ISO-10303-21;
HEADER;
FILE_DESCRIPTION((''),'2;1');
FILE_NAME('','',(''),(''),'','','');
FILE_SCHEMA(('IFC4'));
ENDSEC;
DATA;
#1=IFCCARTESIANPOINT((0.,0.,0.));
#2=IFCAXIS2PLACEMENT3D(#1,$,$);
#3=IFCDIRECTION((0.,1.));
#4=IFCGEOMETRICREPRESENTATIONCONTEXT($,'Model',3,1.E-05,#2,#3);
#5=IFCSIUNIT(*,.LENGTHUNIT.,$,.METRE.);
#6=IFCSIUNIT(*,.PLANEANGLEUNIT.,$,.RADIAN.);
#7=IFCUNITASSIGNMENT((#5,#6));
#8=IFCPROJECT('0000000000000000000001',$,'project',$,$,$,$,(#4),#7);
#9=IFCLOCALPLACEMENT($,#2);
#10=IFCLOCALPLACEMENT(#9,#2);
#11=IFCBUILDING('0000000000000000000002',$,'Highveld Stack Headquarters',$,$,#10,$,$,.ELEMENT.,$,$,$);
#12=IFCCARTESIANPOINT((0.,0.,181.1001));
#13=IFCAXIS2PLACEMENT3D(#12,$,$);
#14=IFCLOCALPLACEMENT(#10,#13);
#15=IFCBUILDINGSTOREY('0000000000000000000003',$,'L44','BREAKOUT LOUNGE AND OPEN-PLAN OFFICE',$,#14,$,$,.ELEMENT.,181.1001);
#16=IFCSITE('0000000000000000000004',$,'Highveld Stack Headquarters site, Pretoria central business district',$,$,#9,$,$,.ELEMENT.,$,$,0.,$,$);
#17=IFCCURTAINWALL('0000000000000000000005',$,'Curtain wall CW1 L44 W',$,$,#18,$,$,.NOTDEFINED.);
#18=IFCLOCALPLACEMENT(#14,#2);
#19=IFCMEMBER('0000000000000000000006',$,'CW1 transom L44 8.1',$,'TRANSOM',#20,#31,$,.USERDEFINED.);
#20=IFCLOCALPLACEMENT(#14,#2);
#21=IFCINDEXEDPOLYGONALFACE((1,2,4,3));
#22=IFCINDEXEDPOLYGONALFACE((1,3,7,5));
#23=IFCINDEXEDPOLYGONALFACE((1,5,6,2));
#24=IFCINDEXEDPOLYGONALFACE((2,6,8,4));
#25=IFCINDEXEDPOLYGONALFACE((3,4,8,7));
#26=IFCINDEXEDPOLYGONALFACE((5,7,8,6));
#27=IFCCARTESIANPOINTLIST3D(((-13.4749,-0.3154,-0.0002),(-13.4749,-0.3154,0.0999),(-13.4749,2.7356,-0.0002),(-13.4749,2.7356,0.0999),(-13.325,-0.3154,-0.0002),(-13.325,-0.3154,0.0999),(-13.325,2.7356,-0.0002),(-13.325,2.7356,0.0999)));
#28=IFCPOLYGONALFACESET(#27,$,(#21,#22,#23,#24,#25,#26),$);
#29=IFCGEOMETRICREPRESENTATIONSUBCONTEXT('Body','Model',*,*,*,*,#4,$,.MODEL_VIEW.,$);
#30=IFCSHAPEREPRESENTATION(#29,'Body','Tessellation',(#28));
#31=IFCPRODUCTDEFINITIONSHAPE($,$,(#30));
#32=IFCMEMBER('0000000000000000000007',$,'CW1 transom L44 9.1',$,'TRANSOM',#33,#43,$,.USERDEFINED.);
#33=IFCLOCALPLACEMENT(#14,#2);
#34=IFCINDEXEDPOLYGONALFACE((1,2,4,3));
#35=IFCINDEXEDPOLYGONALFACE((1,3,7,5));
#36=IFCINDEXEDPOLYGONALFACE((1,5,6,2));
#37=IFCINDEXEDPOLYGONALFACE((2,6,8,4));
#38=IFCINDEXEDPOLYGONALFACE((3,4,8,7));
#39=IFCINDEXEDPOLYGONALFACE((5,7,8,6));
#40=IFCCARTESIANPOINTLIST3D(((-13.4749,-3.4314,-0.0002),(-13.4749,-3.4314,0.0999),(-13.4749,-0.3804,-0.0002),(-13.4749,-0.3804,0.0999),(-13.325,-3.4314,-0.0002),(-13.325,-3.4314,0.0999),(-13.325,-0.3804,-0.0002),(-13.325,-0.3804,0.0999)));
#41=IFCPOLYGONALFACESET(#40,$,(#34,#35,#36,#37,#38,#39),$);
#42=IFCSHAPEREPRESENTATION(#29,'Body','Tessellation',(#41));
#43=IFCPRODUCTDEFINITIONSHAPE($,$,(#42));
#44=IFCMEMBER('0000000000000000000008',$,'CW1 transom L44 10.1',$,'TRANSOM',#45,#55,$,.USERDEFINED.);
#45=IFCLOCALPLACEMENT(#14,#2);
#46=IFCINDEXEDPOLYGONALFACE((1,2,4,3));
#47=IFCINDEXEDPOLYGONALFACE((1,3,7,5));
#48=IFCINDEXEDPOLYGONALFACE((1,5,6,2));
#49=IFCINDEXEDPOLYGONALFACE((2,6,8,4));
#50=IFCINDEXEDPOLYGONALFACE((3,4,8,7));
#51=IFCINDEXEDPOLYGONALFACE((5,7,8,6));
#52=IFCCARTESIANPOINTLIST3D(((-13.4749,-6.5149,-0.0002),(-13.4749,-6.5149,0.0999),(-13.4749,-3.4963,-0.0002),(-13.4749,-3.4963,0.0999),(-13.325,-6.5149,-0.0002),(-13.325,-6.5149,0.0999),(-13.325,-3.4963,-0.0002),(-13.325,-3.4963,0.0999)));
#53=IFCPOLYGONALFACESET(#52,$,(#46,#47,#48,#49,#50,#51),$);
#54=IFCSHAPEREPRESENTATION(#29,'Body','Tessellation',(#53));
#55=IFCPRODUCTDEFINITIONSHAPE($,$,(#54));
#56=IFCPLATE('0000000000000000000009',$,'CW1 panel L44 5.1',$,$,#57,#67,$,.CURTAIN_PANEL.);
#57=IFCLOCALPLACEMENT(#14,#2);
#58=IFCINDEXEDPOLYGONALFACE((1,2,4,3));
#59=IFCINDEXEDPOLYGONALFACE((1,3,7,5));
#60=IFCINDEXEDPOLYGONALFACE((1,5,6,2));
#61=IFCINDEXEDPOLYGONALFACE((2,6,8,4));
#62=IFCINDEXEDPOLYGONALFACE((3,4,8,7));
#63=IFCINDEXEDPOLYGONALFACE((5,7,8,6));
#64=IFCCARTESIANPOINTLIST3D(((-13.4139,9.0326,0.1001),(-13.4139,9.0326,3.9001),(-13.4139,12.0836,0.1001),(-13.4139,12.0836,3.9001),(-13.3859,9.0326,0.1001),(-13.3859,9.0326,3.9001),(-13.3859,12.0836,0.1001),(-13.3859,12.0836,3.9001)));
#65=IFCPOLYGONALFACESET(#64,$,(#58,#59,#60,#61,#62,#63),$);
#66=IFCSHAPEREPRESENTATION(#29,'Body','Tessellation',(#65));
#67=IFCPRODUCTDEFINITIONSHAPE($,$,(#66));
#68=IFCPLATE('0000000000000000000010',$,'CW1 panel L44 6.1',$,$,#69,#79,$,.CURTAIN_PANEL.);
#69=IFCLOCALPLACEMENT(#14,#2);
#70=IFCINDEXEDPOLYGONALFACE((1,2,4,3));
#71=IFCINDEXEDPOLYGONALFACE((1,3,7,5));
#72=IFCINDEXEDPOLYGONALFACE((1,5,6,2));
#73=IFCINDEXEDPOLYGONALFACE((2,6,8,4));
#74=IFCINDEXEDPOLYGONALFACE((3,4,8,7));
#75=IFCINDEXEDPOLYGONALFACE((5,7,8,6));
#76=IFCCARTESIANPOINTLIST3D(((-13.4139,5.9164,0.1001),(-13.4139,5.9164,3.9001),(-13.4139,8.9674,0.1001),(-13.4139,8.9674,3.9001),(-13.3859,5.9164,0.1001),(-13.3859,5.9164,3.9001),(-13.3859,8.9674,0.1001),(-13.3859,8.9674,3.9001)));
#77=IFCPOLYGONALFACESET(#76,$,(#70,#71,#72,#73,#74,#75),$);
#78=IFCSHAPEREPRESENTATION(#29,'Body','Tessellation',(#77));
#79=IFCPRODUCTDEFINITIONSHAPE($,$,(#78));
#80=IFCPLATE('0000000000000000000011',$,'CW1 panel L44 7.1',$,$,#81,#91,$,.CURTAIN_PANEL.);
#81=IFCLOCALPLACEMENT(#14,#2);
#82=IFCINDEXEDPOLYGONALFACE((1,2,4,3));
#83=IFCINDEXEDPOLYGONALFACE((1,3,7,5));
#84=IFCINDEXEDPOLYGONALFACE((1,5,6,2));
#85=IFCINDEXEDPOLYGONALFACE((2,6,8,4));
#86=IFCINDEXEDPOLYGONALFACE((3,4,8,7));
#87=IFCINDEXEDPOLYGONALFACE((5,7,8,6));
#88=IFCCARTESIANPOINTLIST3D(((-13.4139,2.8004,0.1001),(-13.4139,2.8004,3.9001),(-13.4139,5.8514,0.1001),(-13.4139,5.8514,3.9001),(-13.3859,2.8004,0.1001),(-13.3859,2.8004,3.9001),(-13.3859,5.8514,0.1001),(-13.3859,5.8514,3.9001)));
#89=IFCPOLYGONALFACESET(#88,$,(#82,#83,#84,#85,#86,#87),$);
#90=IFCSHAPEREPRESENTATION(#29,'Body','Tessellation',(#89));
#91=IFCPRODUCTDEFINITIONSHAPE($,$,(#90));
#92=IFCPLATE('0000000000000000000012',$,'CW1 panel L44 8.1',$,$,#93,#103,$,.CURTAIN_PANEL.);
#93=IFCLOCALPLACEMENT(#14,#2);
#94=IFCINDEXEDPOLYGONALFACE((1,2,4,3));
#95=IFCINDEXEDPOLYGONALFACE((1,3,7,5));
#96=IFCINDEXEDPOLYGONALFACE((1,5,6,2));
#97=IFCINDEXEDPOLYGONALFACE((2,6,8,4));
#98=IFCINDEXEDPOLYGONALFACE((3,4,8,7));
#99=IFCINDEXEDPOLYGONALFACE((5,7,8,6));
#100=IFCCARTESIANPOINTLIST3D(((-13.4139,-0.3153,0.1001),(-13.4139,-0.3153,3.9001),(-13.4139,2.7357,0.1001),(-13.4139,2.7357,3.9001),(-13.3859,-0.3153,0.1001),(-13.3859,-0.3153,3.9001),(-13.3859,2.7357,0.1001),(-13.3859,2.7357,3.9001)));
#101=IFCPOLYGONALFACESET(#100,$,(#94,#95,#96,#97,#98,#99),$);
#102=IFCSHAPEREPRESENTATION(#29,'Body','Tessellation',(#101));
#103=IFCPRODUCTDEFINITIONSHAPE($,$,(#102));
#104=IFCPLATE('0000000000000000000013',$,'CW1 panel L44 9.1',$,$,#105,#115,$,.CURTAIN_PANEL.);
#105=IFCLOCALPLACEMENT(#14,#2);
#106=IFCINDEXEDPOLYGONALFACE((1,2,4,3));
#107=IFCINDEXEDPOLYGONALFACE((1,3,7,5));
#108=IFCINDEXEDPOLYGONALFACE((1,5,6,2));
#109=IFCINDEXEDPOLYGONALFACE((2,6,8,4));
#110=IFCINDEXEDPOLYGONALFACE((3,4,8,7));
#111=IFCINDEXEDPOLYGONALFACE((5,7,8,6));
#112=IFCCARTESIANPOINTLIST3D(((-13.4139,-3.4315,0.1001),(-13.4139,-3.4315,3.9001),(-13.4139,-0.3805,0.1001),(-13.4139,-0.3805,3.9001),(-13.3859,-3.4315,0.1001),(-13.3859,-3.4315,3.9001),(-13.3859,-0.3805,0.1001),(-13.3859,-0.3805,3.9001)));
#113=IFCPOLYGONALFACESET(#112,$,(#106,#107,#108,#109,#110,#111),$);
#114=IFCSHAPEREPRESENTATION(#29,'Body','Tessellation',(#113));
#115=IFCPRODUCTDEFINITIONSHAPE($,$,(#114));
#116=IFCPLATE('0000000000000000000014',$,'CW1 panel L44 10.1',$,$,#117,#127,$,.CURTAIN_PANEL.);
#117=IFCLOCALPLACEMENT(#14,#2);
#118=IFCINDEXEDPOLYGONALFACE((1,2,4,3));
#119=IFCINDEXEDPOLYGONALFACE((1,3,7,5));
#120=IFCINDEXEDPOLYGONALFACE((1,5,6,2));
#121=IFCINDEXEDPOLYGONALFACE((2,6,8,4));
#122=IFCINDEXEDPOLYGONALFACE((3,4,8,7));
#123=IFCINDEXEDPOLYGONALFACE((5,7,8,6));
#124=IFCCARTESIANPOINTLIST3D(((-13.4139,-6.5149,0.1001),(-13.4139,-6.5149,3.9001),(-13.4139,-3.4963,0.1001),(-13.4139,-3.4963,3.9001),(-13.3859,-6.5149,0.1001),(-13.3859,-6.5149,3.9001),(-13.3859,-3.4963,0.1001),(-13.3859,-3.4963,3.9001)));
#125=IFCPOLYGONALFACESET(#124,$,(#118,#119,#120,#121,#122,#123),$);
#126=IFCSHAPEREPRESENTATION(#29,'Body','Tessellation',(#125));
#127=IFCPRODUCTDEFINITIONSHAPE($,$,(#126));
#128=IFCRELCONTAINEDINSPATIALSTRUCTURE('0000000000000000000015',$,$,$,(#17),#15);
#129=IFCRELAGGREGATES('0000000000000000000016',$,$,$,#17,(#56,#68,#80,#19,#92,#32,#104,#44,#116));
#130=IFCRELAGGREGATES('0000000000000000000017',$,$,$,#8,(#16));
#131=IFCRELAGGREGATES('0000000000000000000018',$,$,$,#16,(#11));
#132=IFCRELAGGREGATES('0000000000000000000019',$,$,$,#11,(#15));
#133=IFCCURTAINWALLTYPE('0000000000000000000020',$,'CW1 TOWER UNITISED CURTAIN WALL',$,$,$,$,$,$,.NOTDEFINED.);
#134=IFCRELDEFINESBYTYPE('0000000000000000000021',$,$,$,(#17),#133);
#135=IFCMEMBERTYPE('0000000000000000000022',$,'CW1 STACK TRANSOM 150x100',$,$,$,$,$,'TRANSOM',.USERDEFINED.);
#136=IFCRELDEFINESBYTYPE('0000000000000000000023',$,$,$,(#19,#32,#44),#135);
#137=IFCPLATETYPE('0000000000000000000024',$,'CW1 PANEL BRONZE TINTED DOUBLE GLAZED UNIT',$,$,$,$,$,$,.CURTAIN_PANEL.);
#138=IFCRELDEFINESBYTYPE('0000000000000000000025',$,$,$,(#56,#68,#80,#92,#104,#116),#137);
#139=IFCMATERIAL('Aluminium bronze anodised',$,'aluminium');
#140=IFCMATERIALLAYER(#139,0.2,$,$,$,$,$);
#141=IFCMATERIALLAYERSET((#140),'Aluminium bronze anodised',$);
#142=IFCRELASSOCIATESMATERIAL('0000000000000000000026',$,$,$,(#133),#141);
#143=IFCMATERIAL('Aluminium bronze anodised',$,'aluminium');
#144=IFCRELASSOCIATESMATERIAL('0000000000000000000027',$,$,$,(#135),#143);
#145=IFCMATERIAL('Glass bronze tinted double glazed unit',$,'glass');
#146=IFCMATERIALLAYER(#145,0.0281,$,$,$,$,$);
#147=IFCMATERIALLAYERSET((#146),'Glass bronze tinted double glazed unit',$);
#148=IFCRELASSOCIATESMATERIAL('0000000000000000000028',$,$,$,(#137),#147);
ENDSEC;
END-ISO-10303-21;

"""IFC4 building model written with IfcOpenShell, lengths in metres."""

from ifc_helpers import new_model, si_unit, direction, frame, origin, origin_2d, place, context, subcontext, project, spatial, rectangle, extrude, material, layer, layer_set, material_profile, profile_set, type_object, element, aggregate, save


model = new_model("IFC4")

# Units and contexts
model_context = context("Model", 3, precision=1e-05, world=origin(), true_north=direction((0.0, 1.0)))
body_context = subcontext(model_context, "Body", "Model", "MODEL_VIEW")
ifc_project = project(units=[si_unit("LENGTHUNIT", "METRE"), si_unit("PLANEANGLEUNIT", "RADIAN")], contexts=[model_context])

# Site, building, storey
site_placement = place(None, origin())
site = spatial("IfcSite", under=ifc_project, at=site_placement, Name="Highveld Stack Headquarters site, Pretoria central business district", CompositionType="ELEMENT", RefElevation=0.0)
building_placement = place(site_placement, origin())
building = spatial("IfcBuilding", under=site, at=building_placement, Name="Highveld Stack Headquarters", CompositionType="ELEMENT")
storey_placement = place(building_placement, frame((0.0, 0.0, 181.1001)))
storey = spatial("IfcBuildingStorey", under=building, at=storey_placement, Name="L44", Description="BREAKOUT LOUNGE AND OPEN-PLAN OFFICE", CompositionType="ELEMENT", Elevation=181.1001)

# Curtain wall, members, plates
ifc_material_1 = material(Name="Aluminium bronze anodised", Category="aluminium")
ifc_layer_1 = layer(ifc_material_1, 0.2)
ifc_layer_set_1 = layer_set([ifc_layer_1], Name="Aluminium bronze anodised")
curtain_wall_type = type_object("IfcCurtainWallType", Name="CW1 TOWER UNITISED CURTAIN WALL", PredefinedType="NOTDEFINED", material=ifc_layer_set_1)
curtain_wall_placement = place(storey_placement, origin())
curtain_wall = element("IfcCurtainWall", 1, at=curtain_wall_placement, inside=storey, type_object=curtain_wall_type, Name="Curtain wall CW1 L44 W", PredefinedType="NOTDEFINED")
ifc_material_2 = material(Name="Aluminium bronze anodised", Category="aluminium")
ifc_material_profile_1 = material_profile(ifc_material_2, rectangle(XDim=0.1499, YDim=0.1001, at=origin_2d()), Name="CW1 TRANSOM 150x100")
ifc_profile_set_1 = profile_set([ifc_material_profile_1], Name="Aluminium bronze anodised")
member_type_1 = type_object("IfcMemberType", Name="CW1 STACK TRANSOM 150x100", ElementType="TRANSOM", PredefinedType="USERDEFINED", material=ifc_profile_set_1)
member_1_placement = place(storey_placement, frame((-13.3999, 2.7356, 0.0498), z_axis=(0.0, -1.0, 0.0), x_axis=(1.0, 0.0, 0.0)))
member_1 = element("IfcMember", 2, at=member_1_placement, type_object=member_type_1, Name="CW1 transom L44 8.1", ObjectType="TRANSOM", PredefinedType="USERDEFINED", context=body_context, shape_type="SweptSolid", body=[
    extrude(rectangle(XDim=0.1499, YDim=0.1001, at=origin_2d()), origin(), (0.0, 0.0, 1.0), 3.051),
])
member_2_placement = place(storey_placement, frame((-13.3999, -0.3804, 0.0498), z_axis=(0.0, -1.0, 0.0), x_axis=(1.0, 0.0, 0.0)))
member_2 = element("IfcMember", 3, at=member_2_placement, type_object=member_type_1, Name="CW1 transom L44 9.1", ObjectType="TRANSOM", PredefinedType="USERDEFINED", context=body_context, shape_type="SweptSolid", body=[
    extrude(rectangle(XDim=0.1499, YDim=0.1001, at=origin_2d()), origin(), (0.0, 0.0, 1.0), 3.051),
])
member_3_placement = place(storey_placement, frame((-13.3999, -3.4963, 0.0498), z_axis=(0.0, -1.0, 0.0), x_axis=(1.0, 0.0, 0.0)))
member_3 = element("IfcMember", 4, at=member_3_placement, type_object=member_type_1, Name="CW1 transom L44 10.1", ObjectType="TRANSOM", PredefinedType="USERDEFINED", context=body_context, shape_type="SweptSolid", body=[
    extrude(rectangle(XDim=0.1499, YDim=0.1001, at=origin_2d()), origin(), (0.0, 0.0, 1.0), 3.0186),
])
ifc_material_3 = material(Name="Glass bronze tinted double glazed unit", Category="glass")
ifc_layer_2 = layer(ifc_material_3, 0.0281)
ifc_layer_set_2 = layer_set([ifc_layer_2], Name="Glass bronze tinted double glazed unit")
plate_type = type_object("IfcPlateType", Name="CW1 PANEL BRONZE TINTED DOUBLE GLAZED UNIT", PredefinedType="CURTAIN_PANEL", material=ifc_layer_set_2)
plate_1_placement = place(storey_placement, frame((-13.3999, 10.5581, 0.1001), z_axis=(0.0, 0.0, 1.0), x_axis=(0.0, -1.0, 0.0)))
plate_1 = element("IfcPlate", 5, at=plate_1_placement, type_object=plate_type, Name="CW1 panel L44 5.1", PredefinedType="CURTAIN_PANEL", context=body_context, shape_type="SweptSolid", body=[
    extrude(rectangle(XDim=3.051, YDim=0.0281, at=origin_2d()), origin(), (0.0, 0.0, 1.0), 3.8),
])
plate_2_placement = place(storey_placement, frame((-13.3999, 7.4419, 0.1001), z_axis=(0.0, 0.0, 1.0), x_axis=(0.0, -1.0, 0.0)))
plate_2 = element("IfcPlate", 6, at=plate_2_placement, type_object=plate_type, Name="CW1 panel L44 6.1", PredefinedType="CURTAIN_PANEL", context=body_context, shape_type="SweptSolid", body=[
    extrude(rectangle(XDim=3.051, YDim=0.0281, at=origin_2d()), origin(), (0.0, 0.0, 1.0), 3.8),
])
plate_3_placement = place(storey_placement, frame((-13.3999, 4.3259, 0.1001), z_axis=(0.0, 0.0, 1.0), x_axis=(0.0, -1.0, 0.0)))
plate_3 = element("IfcPlate", 7, at=plate_3_placement, type_object=plate_type, Name="CW1 panel L44 7.1", PredefinedType="CURTAIN_PANEL", context=body_context, shape_type="SweptSolid", body=[
    extrude(rectangle(XDim=3.051, YDim=0.0281, at=origin_2d()), origin(), (0.0, 0.0, 1.0), 3.8),
])
plate_4_placement = place(storey_placement, frame((-13.3999, 1.2102, 0.1001), z_axis=(0.0, 0.0, 1.0), x_axis=(0.0, -1.0, 0.0)))
plate_4 = element("IfcPlate", 8, at=plate_4_placement, type_object=plate_type, Name="CW1 panel L44 8.1", PredefinedType="CURTAIN_PANEL", context=body_context, shape_type="SweptSolid", body=[
    extrude(rectangle(XDim=3.051, YDim=0.0281, at=origin_2d()), origin(), (0.0, 0.0, 1.0), 3.8),
])
plate_5_placement = place(storey_placement, frame((-13.3999, -1.906, 0.1001), z_axis=(0.0, 0.0, 1.0), x_axis=(0.0, -1.0, 0.0)))
plate_5 = element("IfcPlate", 9, at=plate_5_placement, type_object=plate_type, Name="CW1 panel L44 9.1", PredefinedType="CURTAIN_PANEL", context=body_context, shape_type="SweptSolid", body=[
    extrude(rectangle(XDim=3.051, YDim=0.0281, at=origin_2d()), origin(), (0.0, 0.0, 1.0), 3.8),
])
plate_6_placement = place(storey_placement, frame((-13.3999, -5.0056, 0.1001), z_axis=(0.0, 0.0, 1.0), x_axis=(0.0, -1.0, 0.0)))
plate_6 = element("IfcPlate", 10, at=plate_6_placement, type_object=plate_type, Name="CW1 panel L44 10.1", PredefinedType="CURTAIN_PANEL", context=body_context, shape_type="SweptSolid", body=[
    extrude(rectangle(XDim=3.0186, YDim=0.0281, at=origin_2d()), origin(), (0.0, 0.0, 1.0), 3.8),
])
aggregate(curtain_wall, [plate_1, plate_2, plate_3, member_1, plate_4, member_2, plate_5, member_3, plate_6])

save(model, "model.ifc")
